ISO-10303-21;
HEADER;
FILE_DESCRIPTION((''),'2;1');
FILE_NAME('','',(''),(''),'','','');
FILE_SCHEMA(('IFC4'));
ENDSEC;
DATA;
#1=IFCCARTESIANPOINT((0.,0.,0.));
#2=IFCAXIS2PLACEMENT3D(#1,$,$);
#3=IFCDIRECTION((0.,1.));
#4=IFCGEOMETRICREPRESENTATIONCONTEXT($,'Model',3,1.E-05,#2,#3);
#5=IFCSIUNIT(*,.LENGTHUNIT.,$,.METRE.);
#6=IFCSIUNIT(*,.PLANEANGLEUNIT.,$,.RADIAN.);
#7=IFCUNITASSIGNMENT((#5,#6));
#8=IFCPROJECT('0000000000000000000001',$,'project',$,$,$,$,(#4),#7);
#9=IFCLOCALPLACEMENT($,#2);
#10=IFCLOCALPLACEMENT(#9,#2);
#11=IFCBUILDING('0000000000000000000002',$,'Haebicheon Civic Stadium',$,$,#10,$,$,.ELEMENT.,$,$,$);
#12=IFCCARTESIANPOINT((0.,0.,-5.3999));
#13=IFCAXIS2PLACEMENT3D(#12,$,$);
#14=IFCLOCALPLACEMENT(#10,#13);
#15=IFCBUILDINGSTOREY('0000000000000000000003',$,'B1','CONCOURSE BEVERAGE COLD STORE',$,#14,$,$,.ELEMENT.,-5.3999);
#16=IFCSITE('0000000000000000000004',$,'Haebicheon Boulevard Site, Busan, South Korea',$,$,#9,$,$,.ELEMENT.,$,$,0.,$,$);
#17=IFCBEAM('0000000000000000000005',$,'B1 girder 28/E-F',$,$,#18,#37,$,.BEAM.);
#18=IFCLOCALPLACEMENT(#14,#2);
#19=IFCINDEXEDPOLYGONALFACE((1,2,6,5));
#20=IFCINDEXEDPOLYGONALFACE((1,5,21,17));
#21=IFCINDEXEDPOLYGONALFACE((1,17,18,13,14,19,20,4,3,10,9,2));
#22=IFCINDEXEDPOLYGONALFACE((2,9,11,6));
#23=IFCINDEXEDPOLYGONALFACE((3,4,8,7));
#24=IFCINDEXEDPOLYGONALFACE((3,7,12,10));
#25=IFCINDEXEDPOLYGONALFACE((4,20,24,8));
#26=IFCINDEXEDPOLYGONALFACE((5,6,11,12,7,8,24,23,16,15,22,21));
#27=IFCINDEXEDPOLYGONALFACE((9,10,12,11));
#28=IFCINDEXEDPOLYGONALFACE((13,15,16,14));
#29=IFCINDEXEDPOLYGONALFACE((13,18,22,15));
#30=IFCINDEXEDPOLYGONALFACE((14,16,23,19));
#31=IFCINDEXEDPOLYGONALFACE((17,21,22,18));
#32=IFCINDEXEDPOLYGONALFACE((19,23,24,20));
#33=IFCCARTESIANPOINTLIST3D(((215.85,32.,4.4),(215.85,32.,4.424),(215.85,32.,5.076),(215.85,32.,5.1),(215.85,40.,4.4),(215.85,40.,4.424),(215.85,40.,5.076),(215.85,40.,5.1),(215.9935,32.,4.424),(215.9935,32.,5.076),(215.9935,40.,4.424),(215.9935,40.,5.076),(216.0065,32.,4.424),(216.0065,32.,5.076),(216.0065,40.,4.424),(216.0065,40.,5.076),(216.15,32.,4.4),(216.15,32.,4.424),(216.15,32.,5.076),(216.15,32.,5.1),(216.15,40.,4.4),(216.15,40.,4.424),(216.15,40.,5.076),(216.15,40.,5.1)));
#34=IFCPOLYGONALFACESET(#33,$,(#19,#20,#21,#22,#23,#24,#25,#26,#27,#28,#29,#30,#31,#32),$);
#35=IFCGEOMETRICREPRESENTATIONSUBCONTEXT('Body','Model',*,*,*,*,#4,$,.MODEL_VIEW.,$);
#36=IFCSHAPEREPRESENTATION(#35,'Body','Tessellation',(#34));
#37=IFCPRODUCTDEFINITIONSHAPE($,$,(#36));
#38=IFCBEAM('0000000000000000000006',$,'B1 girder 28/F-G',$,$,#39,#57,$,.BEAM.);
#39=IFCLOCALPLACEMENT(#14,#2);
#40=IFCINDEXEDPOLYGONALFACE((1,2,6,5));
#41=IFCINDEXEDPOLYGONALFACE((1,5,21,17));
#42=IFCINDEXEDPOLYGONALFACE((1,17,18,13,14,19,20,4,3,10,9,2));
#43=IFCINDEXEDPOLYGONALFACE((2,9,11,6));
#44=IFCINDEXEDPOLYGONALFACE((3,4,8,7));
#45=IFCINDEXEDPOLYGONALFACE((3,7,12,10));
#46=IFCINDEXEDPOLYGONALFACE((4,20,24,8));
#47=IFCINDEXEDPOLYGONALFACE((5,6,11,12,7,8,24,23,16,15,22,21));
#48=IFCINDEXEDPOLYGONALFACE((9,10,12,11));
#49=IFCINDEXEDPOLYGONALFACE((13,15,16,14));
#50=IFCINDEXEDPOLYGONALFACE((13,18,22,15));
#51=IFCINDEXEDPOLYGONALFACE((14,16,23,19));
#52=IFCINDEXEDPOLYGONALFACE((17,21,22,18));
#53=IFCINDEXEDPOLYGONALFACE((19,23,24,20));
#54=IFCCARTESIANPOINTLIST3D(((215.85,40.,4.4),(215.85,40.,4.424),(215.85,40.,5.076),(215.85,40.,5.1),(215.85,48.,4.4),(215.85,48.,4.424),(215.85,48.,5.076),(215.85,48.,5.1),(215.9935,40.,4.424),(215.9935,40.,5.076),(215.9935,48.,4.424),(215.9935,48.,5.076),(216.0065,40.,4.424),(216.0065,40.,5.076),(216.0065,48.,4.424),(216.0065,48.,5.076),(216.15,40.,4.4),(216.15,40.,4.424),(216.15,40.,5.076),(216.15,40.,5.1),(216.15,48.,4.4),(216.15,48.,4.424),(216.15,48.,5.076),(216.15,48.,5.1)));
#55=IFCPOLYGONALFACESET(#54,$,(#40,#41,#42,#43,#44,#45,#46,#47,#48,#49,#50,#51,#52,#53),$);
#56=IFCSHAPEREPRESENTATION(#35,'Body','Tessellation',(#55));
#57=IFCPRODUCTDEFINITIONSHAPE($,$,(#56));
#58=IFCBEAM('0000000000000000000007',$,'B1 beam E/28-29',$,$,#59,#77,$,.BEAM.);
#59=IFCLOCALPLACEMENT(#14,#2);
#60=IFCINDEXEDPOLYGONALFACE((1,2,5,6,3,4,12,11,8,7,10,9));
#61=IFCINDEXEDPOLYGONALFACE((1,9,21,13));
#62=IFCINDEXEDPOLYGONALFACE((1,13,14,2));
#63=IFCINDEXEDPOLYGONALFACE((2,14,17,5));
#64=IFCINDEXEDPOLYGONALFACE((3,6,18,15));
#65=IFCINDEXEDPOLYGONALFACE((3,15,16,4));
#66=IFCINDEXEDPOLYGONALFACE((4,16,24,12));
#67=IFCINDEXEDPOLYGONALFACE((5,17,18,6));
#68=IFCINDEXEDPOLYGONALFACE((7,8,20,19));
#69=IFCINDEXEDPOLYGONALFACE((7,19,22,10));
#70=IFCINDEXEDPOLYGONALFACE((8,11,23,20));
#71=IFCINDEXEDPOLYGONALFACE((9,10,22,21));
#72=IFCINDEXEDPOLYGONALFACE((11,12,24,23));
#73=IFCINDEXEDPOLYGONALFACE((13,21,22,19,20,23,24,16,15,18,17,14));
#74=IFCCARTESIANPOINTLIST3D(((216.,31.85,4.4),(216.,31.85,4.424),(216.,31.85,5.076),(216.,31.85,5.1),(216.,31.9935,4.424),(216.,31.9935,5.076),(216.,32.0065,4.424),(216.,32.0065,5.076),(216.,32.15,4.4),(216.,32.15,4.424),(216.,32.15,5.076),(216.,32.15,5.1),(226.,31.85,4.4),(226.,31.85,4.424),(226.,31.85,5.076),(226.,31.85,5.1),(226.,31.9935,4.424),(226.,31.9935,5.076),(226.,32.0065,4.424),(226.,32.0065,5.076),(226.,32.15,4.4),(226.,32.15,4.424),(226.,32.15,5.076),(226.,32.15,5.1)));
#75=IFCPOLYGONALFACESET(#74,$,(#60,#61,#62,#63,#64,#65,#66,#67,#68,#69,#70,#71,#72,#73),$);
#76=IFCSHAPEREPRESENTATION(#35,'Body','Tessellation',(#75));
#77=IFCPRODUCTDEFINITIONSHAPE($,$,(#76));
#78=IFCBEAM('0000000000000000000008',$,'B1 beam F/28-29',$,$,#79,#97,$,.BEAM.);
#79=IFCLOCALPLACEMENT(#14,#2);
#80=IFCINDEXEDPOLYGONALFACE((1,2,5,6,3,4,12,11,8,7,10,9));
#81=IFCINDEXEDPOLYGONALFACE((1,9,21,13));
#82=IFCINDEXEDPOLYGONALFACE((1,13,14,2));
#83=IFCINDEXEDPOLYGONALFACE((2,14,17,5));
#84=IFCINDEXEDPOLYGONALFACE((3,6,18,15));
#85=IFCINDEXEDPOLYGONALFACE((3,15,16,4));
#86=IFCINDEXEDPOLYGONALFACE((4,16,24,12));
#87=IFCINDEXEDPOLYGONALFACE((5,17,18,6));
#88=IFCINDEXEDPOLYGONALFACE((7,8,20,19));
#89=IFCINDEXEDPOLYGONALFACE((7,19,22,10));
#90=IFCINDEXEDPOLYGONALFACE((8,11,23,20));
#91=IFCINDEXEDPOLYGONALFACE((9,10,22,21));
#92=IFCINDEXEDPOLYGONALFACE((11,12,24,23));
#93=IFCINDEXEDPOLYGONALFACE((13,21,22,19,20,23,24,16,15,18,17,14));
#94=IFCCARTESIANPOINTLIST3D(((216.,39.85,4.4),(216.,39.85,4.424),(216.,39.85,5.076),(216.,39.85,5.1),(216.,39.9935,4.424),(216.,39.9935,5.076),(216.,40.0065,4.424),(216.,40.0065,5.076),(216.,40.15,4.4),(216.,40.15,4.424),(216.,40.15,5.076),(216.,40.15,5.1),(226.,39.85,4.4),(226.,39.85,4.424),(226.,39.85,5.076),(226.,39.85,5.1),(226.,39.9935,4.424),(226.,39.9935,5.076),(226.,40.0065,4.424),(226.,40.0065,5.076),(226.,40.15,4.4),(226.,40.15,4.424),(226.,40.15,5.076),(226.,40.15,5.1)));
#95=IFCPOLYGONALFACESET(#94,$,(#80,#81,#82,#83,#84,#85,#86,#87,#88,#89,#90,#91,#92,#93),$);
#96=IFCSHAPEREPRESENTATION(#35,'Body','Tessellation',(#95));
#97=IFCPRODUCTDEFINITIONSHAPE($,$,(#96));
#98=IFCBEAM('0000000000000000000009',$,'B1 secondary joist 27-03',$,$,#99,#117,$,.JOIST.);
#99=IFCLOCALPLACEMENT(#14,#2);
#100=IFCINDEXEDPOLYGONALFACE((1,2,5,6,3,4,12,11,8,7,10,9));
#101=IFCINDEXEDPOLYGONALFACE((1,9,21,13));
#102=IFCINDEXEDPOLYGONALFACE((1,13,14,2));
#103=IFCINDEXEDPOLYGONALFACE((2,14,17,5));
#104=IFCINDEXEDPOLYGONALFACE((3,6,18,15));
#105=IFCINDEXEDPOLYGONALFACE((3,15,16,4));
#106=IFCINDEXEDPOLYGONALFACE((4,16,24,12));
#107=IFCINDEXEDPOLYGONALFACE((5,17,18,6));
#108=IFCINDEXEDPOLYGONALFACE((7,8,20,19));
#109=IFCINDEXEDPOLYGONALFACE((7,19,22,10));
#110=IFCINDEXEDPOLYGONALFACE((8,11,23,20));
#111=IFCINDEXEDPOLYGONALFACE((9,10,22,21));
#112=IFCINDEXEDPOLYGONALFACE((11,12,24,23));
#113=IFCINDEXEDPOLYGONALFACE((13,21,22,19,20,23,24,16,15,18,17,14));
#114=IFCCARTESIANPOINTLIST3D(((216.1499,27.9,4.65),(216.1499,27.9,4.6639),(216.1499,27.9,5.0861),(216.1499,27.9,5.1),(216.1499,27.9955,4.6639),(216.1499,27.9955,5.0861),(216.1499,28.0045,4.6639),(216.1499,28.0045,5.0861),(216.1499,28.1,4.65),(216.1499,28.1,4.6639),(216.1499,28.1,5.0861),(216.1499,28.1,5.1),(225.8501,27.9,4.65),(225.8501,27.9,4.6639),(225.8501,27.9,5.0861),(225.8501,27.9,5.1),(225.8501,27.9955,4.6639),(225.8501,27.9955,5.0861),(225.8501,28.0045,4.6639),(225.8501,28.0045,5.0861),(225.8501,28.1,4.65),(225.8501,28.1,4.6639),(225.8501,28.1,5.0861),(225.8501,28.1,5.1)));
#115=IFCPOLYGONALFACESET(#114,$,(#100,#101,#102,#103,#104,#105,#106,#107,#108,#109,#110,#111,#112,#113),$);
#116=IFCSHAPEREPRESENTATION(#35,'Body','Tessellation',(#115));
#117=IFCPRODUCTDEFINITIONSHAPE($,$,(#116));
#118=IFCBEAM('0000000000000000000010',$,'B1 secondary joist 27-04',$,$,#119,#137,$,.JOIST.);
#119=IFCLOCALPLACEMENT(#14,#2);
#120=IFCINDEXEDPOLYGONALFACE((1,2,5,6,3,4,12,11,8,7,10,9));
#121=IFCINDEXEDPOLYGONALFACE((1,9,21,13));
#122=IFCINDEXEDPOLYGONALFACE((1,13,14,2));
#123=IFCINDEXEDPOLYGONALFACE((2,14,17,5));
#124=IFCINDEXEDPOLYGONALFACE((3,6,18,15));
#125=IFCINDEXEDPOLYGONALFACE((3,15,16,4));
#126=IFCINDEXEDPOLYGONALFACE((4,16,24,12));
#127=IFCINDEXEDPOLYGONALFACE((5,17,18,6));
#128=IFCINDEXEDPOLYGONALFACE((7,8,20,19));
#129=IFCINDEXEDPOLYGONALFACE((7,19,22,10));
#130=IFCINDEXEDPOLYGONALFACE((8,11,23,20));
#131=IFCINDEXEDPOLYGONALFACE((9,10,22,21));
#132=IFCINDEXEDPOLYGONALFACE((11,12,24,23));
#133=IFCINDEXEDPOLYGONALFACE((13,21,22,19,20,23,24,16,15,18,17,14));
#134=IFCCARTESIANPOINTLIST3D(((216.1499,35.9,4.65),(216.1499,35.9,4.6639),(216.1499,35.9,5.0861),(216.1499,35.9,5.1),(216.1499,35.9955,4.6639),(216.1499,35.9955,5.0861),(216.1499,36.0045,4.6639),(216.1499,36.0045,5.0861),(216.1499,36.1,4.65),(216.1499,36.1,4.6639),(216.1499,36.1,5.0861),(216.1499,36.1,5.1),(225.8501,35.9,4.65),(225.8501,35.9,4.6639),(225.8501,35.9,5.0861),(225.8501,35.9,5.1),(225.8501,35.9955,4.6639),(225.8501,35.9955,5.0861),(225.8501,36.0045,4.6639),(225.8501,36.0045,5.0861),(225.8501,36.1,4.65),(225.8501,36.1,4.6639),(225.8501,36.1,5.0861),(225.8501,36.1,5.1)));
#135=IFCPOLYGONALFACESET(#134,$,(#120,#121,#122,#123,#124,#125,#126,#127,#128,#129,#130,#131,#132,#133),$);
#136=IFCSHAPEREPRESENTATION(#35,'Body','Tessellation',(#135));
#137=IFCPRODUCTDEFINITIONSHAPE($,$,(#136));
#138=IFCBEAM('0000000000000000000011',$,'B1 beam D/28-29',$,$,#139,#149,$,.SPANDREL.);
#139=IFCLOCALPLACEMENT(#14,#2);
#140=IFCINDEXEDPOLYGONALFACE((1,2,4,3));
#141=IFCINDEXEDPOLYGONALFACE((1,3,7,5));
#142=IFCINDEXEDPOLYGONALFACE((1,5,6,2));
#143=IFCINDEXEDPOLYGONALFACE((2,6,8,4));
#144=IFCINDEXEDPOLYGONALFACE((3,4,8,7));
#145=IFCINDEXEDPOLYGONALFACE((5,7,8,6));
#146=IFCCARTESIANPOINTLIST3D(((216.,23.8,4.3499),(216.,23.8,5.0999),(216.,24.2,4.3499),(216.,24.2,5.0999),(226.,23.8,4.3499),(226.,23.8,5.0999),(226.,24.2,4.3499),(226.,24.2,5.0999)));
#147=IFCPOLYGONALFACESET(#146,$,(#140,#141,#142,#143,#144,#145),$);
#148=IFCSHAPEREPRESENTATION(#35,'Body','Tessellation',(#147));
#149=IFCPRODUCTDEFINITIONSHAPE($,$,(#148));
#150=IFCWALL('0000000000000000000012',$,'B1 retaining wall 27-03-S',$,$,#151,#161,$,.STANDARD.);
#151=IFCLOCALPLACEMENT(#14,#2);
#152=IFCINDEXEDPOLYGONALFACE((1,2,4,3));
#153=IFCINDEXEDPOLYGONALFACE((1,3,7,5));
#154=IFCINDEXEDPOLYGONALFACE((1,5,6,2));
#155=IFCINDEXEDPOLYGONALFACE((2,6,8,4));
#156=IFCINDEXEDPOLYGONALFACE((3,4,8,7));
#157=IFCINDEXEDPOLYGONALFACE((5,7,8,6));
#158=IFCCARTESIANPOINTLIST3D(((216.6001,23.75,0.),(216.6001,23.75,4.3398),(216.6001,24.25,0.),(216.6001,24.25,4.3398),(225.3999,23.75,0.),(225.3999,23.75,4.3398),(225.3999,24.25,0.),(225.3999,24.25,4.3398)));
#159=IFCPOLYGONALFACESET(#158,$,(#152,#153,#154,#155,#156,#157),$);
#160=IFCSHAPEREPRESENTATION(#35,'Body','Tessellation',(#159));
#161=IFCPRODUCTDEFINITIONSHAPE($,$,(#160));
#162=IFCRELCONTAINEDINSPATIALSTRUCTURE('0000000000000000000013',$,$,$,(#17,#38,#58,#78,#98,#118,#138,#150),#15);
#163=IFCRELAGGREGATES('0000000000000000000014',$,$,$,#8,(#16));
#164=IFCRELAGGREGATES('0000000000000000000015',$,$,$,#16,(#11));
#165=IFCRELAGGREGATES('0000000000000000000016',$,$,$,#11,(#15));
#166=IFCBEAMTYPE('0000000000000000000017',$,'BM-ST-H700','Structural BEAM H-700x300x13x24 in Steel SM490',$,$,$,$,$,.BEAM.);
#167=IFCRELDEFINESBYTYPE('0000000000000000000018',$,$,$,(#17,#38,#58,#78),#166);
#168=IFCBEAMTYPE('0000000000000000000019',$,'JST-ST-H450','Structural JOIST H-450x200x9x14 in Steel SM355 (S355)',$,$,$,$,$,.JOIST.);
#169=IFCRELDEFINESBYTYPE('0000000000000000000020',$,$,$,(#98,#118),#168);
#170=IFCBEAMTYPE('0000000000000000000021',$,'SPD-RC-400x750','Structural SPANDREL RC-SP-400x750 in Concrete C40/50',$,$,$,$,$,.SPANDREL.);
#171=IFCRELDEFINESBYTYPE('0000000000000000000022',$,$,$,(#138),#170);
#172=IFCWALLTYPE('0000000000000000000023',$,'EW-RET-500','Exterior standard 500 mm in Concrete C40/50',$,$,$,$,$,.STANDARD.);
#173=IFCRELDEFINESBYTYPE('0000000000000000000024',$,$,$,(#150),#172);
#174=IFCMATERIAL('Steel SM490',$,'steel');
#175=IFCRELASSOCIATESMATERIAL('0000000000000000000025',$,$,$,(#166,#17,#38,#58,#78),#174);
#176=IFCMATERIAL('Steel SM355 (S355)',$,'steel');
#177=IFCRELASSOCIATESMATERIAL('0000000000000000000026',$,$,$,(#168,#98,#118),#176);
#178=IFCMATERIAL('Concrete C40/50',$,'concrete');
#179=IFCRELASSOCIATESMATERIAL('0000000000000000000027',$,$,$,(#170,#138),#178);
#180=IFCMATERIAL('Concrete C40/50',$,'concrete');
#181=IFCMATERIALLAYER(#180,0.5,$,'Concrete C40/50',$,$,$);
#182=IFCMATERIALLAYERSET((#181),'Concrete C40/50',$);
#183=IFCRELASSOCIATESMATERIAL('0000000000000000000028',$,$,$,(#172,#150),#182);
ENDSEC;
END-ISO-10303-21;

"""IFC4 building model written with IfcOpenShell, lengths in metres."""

from ifc_helpers import new_model, si_unit, direction, frame, frame_2d, origin, origin_2d, place, context, subcontext, project, spatial, rectangle, i_section, extrude, material, layer, layer_set, material_profile, profile_set, type_object, element, save


model = new_model("IFC4")

# Units and contexts
model_context = context("Model", 3, precision=1e-05, world=origin(), true_north=direction((0.0, 1.0)))
body_context = subcontext(model_context, "Body", "Model", "MODEL_VIEW")
ifc_project = project(units=[si_unit("LENGTHUNIT", "METRE"), si_unit("PLANEANGLEUNIT", "RADIAN")], contexts=[model_context])

# Site, building, storey
site_placement = place(None, origin())
site = spatial("IfcSite", under=ifc_project, at=site_placement, Name="Haebicheon Boulevard Site, Busan, South Korea", CompositionType="ELEMENT", RefElevation=0.0)
building_placement = place(site_placement, origin())
building = spatial("IfcBuilding", under=site, at=building_placement, Name="Haebicheon Civic Stadium", CompositionType="ELEMENT")
storey_placement = place(building_placement, frame((0.0, 0.0, -5.3999)))
storey = spatial("IfcBuildingStorey", under=building, at=storey_placement, Name="B1", Description="CONCOURSE BEVERAGE COLD STORE", CompositionType="ELEMENT", Elevation=-5.3999)

# Beams
ifc_material_1 = material(Name="Steel SM490", Category="steel")
ifc_material_profile_1 = material_profile(ifc_material_1, i_section(OverallWidth=0.3, OverallDepth=0.7, WebThickness=0.0129, FlangeThickness=0.0239, at=origin_2d()), Name="H-700x300x13x24")
ifc_profile_set_1 = profile_set([ifc_material_profile_1], Name="Steel SM490")
beam_type_1 = type_object("IfcBeamType", Name="BM-ST-H700", Description="Structural BEAM H-700x300x13x24 in Steel SM490", PredefinedType="BEAM", material=ifc_profile_set_1)
for number, where, z_axis, x_axis, name in (
    (1, (216.0, 32.0, 4.75), (0.0, 1.0, 0.0), (-1.0, 0.0, 0.0), "B1 girder 28/E-F"),
    (2, (216.0, 40.0, 4.75), (0.0, 1.0, 0.0), (-1.0, 0.0, 0.0), "B1 girder 28/F-G"),
):
    element("IfcBeam", number, at=place(storey_placement, frame(where, z_axis=z_axis, x_axis=x_axis)), inside=storey, type_object=beam_type_1, material=ifc_profile_set_1, Name=name, PredefinedType="BEAM", context=body_context, shape_type="SweptSolid", body=[
        extrude(i_section(OverallWidth=0.3, OverallDepth=0.7, WebThickness=0.0129, FlangeThickness=0.0239, at=origin_2d()), origin(), (0.0, 0.0, 1.0), 8.0),
    ])
for number, where, z_axis, x_axis, name in (
    (3, (216.0, 32.0, 4.75), (1.0, 0.0, 0.0), (0.0, 1.0, 0.0), "B1 beam E/28-29"),
    (4, (216.0, 40.0, 4.75), (1.0, 0.0, 0.0), (0.0, 1.0, 0.0), "B1 beam F/28-29"),
):
    element("IfcBeam", number, at=place(storey_placement, frame(where, z_axis=z_axis, x_axis=x_axis)), inside=storey, type_object=beam_type_1, material=ifc_profile_set_1, Name=name, PredefinedType="BEAM", context=body_context, shape_type="SweptSolid", body=[
        extrude(i_section(OverallWidth=0.3, OverallDepth=0.7, WebThickness=0.0129, FlangeThickness=0.0239, at=origin_2d()), origin(), (0.0, 0.0, 1.0), 10.0),
    ])
ifc_material_2 = material(Name="Steel SM355 (S355)", Category="steel")
ifc_material_profile_2 = material_profile(ifc_material_2, i_section(OverallWidth=0.2, OverallDepth=0.45, WebThickness=0.009, FlangeThickness=0.0139, at=origin_2d()), Name="H-450x200x9x14")
ifc_profile_set_2 = profile_set([ifc_material_profile_2], Name="Steel SM355 (S355)")
beam_type_2 = type_object("IfcBeamType", Name="JST-ST-H450", Description="Structural JOIST H-450x200x9x14 in Steel SM355 (S355)", PredefinedType="JOIST", material=ifc_profile_set_2)
for number, where, z_axis, x_axis, name in (
    (5, (216.1499, 28.0, 4.875), (1.0, 0.0, 0.0), (0.0, 1.0, 0.0), "B1 secondary joist 27-03"),
    (6, (216.1499, 36.0, 4.875), (1.0, 0.0, 0.0), (0.0, 1.0, 0.0), "B1 secondary joist 27-04"),
):
    element("IfcBeam", number, at=place(storey_placement, frame(where, z_axis=z_axis, x_axis=x_axis)), inside=storey, type_object=beam_type_2, material=ifc_profile_set_2, Name=name, PredefinedType="JOIST", context=body_context, shape_type="SweptSolid", body=[
        extrude(i_section(OverallWidth=0.2, OverallDepth=0.45, WebThickness=0.009, FlangeThickness=0.0139, at=origin_2d()), origin(), (0.0, 0.0, 1.0), 9.7002),
    ])
ifc_material_3 = material(Name="Concrete C40/50", Category="concrete")
ifc_material_profile_3 = material_profile(ifc_material_3, rectangle(XDim=0.3999, YDim=0.75, at=origin_2d()), Name="RC-SP-400x750")
ifc_profile_set_3 = profile_set([ifc_material_profile_3], Name="Concrete C40/50")
beam_type_3 = type_object("IfcBeamType", Name="SPD-RC-400x750", Description="Structural SPANDREL RC-SP-400x750 in Concrete C40/50", PredefinedType="SPANDREL", material=ifc_profile_set_3)
beam_placement = place(storey_placement, frame((216.0, 24.0, 4.7249), z_axis=(1.0, 0.0, 0.0), x_axis=(0.0, 1.0, 0.0)))
element("IfcBeam", 7, at=beam_placement, inside=storey, type_object=beam_type_3, material=ifc_profile_set_3, Name="B1 beam D/28-29", PredefinedType="SPANDREL", context=body_context, shape_type="SweptSolid", body=[
    extrude(rectangle(XDim=0.3999, YDim=0.75, at=origin_2d()), origin(), (0.0, 0.0, 1.0), 10.0),
])

# Wall
ifc_material_4 = material(Name="Concrete C40/50", Category="concrete")
ifc_layer_1 = layer(ifc_material_4, 0.5, Name="Concrete C40/50")
ifc_layer_set_1 = layer_set([ifc_layer_1], Name="Concrete C40/50")
wall_type = type_object("IfcWallType", Name="EW-RET-500", Description="Exterior standard 500 mm in Concrete C40/50", PredefinedType="STANDARD", material=ifc_layer_set_1)
wall_placement = place(storey_placement, frame((216.6001, 24.0, 0.0), z_axis=(0.0, 0.0, 1.0), x_axis=(1.0, 0.0, 0.0)))
element("IfcWall", 8, at=wall_placement, inside=storey, type_object=wall_type, material=ifc_layer_set_1, Name="B1 retaining wall 27-03-S", PredefinedType="STANDARD", context=body_context, shape_type="SweptSolid", body=[
    extrude(rectangle(XDim=8.7998, YDim=0.5, at=frame_2d((4.3999, 0.0))), origin(), (0.0, 0.0, 1.0), 4.3398),
])

save(model, "model.ifc")
